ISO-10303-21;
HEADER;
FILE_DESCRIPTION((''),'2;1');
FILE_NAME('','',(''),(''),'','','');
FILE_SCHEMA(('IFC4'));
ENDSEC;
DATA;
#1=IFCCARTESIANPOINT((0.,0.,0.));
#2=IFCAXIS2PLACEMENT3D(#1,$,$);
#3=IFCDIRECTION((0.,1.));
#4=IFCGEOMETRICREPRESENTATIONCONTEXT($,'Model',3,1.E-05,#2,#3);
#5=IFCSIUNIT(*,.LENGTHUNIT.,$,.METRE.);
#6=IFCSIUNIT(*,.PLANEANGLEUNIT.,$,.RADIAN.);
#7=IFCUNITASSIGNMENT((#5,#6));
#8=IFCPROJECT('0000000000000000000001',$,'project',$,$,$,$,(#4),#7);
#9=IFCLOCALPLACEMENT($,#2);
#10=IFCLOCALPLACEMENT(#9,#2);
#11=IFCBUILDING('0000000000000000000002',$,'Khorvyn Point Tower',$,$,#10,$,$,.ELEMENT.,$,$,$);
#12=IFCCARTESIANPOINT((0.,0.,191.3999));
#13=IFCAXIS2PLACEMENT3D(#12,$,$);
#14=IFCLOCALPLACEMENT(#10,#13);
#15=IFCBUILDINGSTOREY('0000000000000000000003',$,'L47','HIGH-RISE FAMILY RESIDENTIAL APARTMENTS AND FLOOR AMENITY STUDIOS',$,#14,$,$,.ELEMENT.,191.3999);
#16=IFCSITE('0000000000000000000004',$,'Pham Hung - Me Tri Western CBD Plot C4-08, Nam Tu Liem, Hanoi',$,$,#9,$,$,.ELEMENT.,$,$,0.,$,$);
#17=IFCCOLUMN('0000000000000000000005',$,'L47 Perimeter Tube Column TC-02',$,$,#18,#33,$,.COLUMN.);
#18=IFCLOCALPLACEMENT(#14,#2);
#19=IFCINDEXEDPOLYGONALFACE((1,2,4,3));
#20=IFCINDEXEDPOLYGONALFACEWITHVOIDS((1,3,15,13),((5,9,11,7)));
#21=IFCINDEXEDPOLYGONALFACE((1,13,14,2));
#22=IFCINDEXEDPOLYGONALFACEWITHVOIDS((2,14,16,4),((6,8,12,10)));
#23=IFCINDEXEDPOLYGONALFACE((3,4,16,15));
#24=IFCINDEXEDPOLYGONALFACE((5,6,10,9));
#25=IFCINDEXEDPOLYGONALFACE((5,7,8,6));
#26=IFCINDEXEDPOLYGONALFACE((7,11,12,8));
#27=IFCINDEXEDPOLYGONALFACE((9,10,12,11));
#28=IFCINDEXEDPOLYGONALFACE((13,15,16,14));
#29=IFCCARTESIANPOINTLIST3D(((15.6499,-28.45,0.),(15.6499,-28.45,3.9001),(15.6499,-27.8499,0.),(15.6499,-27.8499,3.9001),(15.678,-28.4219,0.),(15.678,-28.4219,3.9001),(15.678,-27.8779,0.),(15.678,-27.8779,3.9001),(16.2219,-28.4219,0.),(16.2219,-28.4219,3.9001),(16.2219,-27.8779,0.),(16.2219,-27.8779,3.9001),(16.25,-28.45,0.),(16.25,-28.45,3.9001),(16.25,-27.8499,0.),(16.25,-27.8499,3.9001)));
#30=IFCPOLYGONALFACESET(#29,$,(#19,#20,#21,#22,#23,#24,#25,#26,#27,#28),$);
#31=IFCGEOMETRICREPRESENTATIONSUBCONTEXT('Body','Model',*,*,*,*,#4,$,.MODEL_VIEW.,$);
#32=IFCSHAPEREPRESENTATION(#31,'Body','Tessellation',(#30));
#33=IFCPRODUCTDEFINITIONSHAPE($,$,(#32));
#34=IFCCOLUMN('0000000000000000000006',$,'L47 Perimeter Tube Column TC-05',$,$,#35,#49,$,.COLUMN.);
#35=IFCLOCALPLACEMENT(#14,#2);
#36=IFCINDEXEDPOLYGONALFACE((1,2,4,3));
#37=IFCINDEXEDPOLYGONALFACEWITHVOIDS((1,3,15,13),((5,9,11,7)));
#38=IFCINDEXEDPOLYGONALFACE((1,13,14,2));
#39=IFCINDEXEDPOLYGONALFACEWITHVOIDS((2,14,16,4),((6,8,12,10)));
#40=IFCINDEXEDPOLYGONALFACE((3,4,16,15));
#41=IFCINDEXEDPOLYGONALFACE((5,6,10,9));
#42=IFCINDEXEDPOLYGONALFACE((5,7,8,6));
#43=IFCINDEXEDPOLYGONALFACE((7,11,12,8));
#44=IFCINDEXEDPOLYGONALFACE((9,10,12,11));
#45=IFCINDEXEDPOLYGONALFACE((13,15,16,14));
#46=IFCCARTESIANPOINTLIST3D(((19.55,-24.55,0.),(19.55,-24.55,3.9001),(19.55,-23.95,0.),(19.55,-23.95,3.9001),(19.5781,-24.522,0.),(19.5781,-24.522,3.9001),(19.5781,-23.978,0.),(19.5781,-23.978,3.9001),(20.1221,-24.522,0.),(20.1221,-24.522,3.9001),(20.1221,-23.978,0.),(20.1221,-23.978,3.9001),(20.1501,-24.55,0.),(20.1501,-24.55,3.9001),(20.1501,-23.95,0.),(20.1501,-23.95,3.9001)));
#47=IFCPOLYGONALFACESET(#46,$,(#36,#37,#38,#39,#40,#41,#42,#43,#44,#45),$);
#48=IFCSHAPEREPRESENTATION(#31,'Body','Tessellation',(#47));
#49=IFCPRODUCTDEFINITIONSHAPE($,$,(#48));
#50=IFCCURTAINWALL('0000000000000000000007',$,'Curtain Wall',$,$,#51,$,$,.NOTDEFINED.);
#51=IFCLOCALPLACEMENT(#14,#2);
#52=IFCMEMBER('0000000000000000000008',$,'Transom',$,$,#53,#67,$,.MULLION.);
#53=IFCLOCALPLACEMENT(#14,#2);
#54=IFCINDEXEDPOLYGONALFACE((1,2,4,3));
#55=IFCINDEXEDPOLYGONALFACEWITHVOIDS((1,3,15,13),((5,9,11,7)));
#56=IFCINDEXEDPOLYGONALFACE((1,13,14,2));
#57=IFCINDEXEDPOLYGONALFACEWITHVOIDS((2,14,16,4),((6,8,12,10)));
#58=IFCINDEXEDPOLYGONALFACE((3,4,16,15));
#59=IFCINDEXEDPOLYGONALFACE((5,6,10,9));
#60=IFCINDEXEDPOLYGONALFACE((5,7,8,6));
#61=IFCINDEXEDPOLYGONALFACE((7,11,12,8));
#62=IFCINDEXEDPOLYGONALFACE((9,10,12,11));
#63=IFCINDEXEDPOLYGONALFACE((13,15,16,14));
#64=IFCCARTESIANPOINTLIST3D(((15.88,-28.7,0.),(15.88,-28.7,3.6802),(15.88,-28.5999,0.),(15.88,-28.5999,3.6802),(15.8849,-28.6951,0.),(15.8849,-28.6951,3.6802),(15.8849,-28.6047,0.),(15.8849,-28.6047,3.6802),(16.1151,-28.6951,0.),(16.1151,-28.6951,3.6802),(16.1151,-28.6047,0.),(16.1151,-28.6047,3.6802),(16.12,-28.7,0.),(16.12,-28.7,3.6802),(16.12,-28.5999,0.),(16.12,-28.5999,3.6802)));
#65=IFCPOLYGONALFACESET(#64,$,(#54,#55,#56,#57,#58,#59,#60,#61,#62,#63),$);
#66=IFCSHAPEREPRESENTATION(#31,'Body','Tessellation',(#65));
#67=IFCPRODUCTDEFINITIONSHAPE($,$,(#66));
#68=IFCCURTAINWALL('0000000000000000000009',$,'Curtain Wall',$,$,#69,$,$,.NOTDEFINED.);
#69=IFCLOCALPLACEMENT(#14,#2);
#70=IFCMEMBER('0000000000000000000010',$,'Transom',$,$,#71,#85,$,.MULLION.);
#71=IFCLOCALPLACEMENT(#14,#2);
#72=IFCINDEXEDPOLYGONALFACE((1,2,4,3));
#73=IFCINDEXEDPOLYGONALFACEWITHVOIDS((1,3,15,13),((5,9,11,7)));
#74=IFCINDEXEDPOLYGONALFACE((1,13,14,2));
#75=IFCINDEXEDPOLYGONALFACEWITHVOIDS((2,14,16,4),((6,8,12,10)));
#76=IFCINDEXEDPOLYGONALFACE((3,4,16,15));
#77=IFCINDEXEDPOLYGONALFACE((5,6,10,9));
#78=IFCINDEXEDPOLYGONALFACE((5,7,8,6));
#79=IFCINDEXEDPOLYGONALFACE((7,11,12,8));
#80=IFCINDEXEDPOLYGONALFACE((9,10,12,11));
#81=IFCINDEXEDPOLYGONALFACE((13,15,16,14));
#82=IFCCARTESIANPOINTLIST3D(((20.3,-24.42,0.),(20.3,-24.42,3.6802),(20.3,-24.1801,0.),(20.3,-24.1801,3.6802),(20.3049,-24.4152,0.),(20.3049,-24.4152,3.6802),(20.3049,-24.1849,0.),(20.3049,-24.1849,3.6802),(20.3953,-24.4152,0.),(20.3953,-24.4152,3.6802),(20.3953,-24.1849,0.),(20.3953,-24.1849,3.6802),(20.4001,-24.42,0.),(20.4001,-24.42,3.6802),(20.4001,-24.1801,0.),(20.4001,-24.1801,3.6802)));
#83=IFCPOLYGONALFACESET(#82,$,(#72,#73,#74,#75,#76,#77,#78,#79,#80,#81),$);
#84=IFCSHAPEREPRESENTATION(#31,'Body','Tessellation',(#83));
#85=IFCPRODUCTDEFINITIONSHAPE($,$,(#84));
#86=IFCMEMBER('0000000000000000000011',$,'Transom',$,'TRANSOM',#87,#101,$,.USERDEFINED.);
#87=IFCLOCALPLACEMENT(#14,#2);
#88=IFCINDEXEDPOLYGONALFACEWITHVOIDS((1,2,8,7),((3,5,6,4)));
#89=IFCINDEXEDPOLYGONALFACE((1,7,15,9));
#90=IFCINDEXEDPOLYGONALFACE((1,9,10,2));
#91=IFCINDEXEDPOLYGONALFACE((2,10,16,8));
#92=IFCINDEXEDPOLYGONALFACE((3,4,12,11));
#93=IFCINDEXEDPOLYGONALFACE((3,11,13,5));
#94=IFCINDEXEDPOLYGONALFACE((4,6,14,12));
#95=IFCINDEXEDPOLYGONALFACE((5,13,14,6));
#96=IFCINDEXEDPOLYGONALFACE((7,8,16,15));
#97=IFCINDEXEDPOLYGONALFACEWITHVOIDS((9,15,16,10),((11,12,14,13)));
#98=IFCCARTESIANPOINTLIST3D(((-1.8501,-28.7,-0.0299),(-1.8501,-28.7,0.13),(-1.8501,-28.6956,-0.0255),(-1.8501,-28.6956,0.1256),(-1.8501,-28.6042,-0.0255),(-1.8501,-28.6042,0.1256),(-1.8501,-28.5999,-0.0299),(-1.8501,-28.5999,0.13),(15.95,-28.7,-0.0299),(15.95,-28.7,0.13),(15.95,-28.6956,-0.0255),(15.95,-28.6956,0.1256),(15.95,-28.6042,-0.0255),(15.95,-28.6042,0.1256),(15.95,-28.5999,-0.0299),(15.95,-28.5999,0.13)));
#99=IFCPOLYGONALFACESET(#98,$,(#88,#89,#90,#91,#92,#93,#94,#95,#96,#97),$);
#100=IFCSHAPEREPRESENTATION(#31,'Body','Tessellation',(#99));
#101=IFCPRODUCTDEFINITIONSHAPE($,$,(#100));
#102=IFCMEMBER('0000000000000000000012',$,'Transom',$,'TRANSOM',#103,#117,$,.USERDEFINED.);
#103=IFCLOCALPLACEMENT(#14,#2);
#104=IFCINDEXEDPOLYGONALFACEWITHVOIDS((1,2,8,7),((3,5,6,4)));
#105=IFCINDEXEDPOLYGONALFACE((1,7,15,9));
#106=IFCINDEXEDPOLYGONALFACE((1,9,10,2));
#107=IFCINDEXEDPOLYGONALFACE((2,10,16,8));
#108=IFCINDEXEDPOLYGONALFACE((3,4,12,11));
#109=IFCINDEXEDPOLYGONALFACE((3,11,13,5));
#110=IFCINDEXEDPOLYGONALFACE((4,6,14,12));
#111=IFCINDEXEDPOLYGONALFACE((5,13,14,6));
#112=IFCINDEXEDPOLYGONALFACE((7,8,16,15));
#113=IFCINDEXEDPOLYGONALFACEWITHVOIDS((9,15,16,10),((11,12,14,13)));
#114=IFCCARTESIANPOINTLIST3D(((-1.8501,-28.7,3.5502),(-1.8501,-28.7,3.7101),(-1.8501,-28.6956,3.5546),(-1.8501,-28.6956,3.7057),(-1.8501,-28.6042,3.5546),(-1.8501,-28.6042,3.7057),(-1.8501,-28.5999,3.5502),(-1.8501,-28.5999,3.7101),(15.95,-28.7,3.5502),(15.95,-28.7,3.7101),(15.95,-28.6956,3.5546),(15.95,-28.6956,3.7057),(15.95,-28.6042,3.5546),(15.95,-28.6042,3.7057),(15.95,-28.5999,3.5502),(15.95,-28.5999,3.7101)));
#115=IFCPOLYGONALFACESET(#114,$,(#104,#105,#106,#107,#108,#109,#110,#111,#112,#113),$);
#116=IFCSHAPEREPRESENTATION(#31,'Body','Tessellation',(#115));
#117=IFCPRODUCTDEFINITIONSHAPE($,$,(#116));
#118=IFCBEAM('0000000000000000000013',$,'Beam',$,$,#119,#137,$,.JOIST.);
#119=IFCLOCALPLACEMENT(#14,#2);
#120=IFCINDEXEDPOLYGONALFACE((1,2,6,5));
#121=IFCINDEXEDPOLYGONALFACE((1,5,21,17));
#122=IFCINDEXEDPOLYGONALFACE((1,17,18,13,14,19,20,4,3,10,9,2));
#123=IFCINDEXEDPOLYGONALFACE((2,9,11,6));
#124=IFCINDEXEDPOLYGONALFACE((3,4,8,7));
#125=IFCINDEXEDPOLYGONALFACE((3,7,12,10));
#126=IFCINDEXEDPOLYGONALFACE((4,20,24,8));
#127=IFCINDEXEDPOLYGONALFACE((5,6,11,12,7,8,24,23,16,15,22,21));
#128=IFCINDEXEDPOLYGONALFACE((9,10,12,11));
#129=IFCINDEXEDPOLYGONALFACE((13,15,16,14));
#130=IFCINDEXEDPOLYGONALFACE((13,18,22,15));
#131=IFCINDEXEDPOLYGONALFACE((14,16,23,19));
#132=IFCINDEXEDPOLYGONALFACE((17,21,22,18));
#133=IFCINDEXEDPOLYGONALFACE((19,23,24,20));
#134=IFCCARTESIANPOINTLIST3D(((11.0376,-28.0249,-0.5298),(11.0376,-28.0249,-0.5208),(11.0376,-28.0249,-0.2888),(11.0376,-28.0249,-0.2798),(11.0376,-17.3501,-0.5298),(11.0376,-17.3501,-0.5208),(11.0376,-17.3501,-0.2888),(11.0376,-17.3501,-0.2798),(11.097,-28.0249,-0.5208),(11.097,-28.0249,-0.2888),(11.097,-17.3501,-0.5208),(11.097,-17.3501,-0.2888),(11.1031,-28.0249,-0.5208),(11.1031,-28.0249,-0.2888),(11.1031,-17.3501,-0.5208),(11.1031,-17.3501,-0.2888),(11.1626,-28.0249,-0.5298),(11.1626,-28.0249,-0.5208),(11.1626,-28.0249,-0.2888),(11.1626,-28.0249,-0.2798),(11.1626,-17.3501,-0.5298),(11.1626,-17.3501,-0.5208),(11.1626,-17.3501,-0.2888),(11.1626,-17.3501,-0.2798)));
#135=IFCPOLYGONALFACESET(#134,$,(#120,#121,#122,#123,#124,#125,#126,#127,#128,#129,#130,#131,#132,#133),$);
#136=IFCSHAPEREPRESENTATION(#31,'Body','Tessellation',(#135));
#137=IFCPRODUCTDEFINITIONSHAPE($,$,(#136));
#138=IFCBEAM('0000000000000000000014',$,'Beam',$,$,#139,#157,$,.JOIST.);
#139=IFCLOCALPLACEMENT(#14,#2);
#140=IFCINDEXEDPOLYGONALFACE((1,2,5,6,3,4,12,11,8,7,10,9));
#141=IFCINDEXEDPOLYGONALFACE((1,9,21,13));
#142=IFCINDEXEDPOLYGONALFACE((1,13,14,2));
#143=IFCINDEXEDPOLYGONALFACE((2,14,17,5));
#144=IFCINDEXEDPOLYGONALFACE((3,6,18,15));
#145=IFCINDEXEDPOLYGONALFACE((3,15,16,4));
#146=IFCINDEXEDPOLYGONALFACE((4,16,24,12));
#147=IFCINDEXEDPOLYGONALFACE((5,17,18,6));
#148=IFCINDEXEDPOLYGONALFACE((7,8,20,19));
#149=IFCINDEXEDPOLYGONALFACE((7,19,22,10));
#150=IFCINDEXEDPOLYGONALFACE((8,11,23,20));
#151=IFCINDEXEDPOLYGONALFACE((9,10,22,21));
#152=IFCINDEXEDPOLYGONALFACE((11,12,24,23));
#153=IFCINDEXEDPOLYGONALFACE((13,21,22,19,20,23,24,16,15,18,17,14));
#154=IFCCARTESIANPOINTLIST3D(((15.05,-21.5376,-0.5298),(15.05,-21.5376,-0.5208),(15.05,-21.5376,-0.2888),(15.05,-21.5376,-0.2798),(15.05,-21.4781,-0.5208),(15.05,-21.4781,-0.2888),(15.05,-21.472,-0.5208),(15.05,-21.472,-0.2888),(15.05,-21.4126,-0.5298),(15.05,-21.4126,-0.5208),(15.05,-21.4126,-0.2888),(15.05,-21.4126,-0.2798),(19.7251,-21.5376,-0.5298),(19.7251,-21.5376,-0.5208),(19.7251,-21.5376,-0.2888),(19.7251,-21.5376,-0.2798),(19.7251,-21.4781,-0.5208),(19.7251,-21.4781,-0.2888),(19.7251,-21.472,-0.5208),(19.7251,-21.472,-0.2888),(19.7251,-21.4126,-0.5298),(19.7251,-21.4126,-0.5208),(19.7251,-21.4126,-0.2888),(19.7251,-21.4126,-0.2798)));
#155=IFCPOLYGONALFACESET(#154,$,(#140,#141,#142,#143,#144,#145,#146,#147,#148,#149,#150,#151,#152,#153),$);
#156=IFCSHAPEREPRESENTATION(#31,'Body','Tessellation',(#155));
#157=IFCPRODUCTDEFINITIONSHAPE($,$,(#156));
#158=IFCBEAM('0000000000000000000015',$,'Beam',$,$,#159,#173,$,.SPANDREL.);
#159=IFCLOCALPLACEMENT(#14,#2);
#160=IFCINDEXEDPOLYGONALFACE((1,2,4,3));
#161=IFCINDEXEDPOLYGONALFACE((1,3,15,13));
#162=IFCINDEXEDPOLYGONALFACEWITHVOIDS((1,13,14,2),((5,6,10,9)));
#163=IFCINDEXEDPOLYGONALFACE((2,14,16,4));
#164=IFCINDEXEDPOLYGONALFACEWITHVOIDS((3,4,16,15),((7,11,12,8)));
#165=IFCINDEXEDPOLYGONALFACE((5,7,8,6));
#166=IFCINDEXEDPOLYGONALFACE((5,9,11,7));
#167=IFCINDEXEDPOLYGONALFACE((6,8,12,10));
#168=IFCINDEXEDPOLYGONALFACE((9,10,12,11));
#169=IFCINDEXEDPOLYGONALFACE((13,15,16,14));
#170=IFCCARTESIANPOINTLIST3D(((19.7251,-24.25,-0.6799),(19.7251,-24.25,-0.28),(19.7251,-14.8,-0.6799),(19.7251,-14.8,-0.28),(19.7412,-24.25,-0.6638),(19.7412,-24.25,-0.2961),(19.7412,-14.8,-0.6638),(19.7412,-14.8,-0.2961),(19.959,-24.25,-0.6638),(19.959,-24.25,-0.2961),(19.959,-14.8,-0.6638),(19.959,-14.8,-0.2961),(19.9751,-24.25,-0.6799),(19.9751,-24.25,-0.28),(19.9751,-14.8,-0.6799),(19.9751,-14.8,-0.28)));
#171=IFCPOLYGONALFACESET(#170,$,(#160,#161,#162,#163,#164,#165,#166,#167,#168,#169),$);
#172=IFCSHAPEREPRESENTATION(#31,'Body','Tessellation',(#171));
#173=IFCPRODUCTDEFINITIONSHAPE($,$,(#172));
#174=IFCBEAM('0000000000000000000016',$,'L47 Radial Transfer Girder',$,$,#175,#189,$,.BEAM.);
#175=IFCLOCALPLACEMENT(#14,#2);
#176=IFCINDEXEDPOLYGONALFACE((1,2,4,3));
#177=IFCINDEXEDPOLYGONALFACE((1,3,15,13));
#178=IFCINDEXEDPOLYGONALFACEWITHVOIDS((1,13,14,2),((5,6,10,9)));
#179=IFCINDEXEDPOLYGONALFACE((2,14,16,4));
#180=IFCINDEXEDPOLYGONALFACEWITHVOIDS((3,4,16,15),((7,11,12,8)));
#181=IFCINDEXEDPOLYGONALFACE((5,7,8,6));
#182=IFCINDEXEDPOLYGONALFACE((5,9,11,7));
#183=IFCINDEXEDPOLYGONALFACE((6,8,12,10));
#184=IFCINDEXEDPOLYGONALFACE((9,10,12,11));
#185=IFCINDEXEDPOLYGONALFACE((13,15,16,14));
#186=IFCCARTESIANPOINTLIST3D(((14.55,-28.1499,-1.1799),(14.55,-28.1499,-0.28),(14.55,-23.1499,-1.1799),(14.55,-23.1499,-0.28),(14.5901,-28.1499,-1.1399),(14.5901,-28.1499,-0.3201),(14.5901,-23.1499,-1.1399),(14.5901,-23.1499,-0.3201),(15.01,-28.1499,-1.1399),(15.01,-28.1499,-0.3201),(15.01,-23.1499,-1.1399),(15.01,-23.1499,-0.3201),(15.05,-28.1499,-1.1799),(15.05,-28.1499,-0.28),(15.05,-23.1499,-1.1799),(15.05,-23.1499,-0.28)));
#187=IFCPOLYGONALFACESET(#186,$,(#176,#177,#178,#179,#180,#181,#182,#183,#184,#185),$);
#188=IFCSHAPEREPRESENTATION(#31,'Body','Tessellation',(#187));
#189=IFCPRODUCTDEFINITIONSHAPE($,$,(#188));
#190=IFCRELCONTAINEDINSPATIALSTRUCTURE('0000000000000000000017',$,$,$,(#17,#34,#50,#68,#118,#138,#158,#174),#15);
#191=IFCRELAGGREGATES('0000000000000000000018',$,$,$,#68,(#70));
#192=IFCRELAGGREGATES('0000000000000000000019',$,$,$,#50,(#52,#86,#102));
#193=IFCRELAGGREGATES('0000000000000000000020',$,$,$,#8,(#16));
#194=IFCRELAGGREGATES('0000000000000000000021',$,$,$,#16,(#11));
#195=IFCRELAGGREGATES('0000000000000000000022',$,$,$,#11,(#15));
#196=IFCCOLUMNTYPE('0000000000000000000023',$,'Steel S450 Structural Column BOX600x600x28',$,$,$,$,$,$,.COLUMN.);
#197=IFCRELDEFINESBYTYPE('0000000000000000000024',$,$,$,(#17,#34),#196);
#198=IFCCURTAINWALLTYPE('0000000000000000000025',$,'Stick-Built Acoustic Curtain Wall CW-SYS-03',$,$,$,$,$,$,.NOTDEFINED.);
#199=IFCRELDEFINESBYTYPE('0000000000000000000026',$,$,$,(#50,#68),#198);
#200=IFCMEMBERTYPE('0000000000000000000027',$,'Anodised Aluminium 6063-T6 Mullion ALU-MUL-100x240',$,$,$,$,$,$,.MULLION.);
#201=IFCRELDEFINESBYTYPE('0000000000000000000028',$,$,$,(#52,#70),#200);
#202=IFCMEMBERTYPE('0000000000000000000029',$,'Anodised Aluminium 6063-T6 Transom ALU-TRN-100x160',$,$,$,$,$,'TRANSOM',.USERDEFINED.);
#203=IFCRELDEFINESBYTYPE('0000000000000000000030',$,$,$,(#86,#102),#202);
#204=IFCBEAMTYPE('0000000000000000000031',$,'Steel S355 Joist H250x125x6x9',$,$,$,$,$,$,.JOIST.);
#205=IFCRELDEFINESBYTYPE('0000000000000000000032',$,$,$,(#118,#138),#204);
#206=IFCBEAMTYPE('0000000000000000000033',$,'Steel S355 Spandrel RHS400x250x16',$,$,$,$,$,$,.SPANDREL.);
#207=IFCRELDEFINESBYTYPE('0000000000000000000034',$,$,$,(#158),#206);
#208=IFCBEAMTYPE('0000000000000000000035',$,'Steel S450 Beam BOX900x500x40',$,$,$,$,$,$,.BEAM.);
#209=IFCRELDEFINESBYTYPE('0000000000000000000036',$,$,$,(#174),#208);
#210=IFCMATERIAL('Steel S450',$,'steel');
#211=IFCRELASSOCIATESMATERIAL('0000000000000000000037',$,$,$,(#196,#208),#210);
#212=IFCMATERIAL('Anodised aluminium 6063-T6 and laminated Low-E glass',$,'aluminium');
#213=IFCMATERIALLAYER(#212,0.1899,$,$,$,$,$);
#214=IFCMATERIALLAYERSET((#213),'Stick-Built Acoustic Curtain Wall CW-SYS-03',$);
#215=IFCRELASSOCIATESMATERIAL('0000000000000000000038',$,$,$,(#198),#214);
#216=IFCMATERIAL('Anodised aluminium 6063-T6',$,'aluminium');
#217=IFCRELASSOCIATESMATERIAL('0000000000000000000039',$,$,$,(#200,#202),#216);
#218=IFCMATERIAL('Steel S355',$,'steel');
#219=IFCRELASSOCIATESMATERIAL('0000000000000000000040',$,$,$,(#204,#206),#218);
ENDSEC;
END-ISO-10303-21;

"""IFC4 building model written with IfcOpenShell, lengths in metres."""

from ifc_helpers import new_model, si_unit, direction, frame, origin, origin_2d, place, context, subcontext, project, spatial, hollow_rectangle, i_section, extrude, material, layer, layer_set, material_profile, profile_set, type_object, element, aggregate, save


model = new_model("IFC4")

# Units and contexts
model_context = context("Model", 3, precision=1e-05, world=origin(), true_north=direction((0.0, 1.0)))
body_context = subcontext(model_context, "Body", "Model", "MODEL_VIEW")
ifc_project = project(units=[si_unit("LENGTHUNIT", "METRE"), si_unit("PLANEANGLEUNIT", "RADIAN")], contexts=[model_context])

# Site, building, storey
site_placement = place(None, origin())
site = spatial("IfcSite", under=ifc_project, at=site_placement, Name="Pham Hung - Me Tri Western CBD Plot C4-08, Nam Tu Liem, Hanoi", CompositionType="ELEMENT", RefElevation=0.0)
building_placement = place(site_placement, origin())
building = spatial("IfcBuilding", under=site, at=building_placement, Name="Khorvyn Point Tower", CompositionType="ELEMENT")
storey_placement = place(building_placement, frame((0.0, 0.0, 191.3999)))
storey = spatial("IfcBuildingStorey", under=building, at=storey_placement, Name="L47", Description="HIGH-RISE FAMILY RESIDENTIAL APARTMENTS AND FLOOR AMENITY STUDIOS", CompositionType="ELEMENT", Elevation=191.3999)

# Columns
ifc_material_1 = material(Name="Steel S450", Category="steel")
ifc_material_profile_1 = material_profile(ifc_material_1, hollow_rectangle(XDim=0.6001, YDim=0.6001, WallThickness=0.0281, at=origin_2d()))
ifc_profile_set_1 = profile_set([ifc_material_profile_1], Name="Steel S450 BOX600x600x28")
column_type = type_object("IfcColumnType", Name="Steel S450 Structural Column BOX600x600x28", PredefinedType="COLUMN", material=ifc_profile_set_1)
for number, where, z_axis, x_axis, name in (
    (1, (15.95, -28.1499, 0.0), (0.0, 0.0, 1.0), (1.0, 0.0, 0.0), "L47 Perimeter Tube Column TC-02"),
    (2, (19.8501, -24.25, 0.0), (0.0, 0.0, 1.0), (1.0, 0.0, 0.0), "L47 Perimeter Tube Column TC-05"),
):
    element("IfcColumn", number, at=place(storey_placement, frame(where, z_axis=z_axis, x_axis=x_axis)), inside=storey, type_object=column_type, Name=name, PredefinedType="COLUMN", context=body_context, shape_type="SweptSolid", body=[
        extrude(hollow_rectangle(XDim=0.6001, YDim=0.6001, WallThickness=0.0281, at=origin_2d()), origin(), (0.0, 0.0, 1.0), 3.9001),
    ])

# Curtain walls, members
ifc_material_2 = material(Name="Anodised aluminium 6063-T6 and laminated Low-E glass", Category="aluminium")
ifc_layer_1 = layer(ifc_material_2, 0.1899)
ifc_layer_set_1 = layer_set([ifc_layer_1], Name="Stick-Built Acoustic Curtain Wall CW-SYS-03")
curtain_wall_type = type_object("IfcCurtainWallType", Name="Stick-Built Acoustic Curtain Wall CW-SYS-03", PredefinedType="NOTDEFINED", material=ifc_layer_set_1)
curtain_wall_1_placement = place(storey_placement, origin())
curtain_wall_1 = element("IfcCurtainWall", 3, at=curtain_wall_1_placement, inside=storey, type_object=curtain_wall_type, Name="Curtain Wall", PredefinedType="NOTDEFINED")
ifc_material_3 = material(Name="Anodised aluminium 6063-T6", Category="aluminium")
ifc_material_profile_2 = material_profile(ifc_material_3, hollow_rectangle(XDim=0.1001, YDim=0.24, WallThickness=0.0049, at=origin_2d()))
ifc_profile_set_2 = profile_set([ifc_material_profile_2], Name="Anodised aluminium 6063-T6 ALU-MUL-100x240")
member_type_1 = type_object("IfcMemberType", Name="Anodised Aluminium 6063-T6 Mullion ALU-MUL-100x240", PredefinedType="MULLION", material=ifc_profile_set_2)
member_1_placement = place(storey_placement, frame((16.0, -28.6499, 0.0), z_axis=(0.0, 0.0, 1.0), x_axis=(0.0, -1.0, 0.0)))
member_1 = element("IfcMember", 4, at=member_1_placement, type_object=member_type_1, Name="Transom", PredefinedType="MULLION", context=body_context, shape_type="SweptSolid", body=[
    extrude(hollow_rectangle(XDim=0.1001, YDim=0.24, WallThickness=0.0049, at=origin_2d()), origin(), (0.0, 0.0, 1.0), 3.6802),
])
curtain_wall_2_placement = place(storey_placement, origin())
curtain_wall_2 = element("IfcCurtainWall", 5, at=curtain_wall_2_placement, inside=storey, type_object=curtain_wall_type, Name="Curtain Wall", PredefinedType="NOTDEFINED")
member_2_placement = place(storey_placement, frame((20.3501, -24.3, 0.0), z_axis=(0.0, 0.0, 1.0), x_axis=(1.0, 0.0, 0.0)))
member_2 = element("IfcMember", 6, at=member_2_placement, type_object=member_type_1, Name="Transom", PredefinedType="MULLION", context=body_context, shape_type="SweptSolid", body=[
    extrude(hollow_rectangle(XDim=0.1001, YDim=0.24, WallThickness=0.0049, at=origin_2d()), origin(), (0.0, 0.0, 1.0), 3.6802),
])
aggregate(curtain_wall_2, [member_2])

# Members
ifc_material_profile_3 = material_profile(ifc_material_3, hollow_rectangle(XDim=0.1001, YDim=0.1599, WallThickness=0.0044, at=origin_2d()))
ifc_profile_set_3 = profile_set([ifc_material_profile_3], Name="Anodised aluminium 6063-T6 ALU-TRN-100x160")
member_type_2 = type_object("IfcMemberType", Name="Anodised Aluminium 6063-T6 Transom ALU-TRN-100x160", ElementType="TRANSOM", PredefinedType="USERDEFINED", material=ifc_profile_set_3)
member_3_placement = place(storey_placement, frame((15.95, -28.6499, 0.05), z_axis=(-1.0, 0.0, 0.0), x_axis=(0.0, -1.0, 0.0)))
member_3 = element("IfcMember", 7, at=member_3_placement, type_object=member_type_2, Name="Transom", ObjectType="TRANSOM", PredefinedType="USERDEFINED", context=body_context, shape_type="SweptSolid", body=[
    extrude(hollow_rectangle(XDim=0.1001, YDim=0.1599, WallThickness=0.0044, at=origin_2d()), origin(), (0.0, 0.0, 1.0), 17.8),
])
member_4_placement = place(storey_placement, frame((15.95, -28.6499, 3.6301), z_axis=(-1.0, 0.0, 0.0), x_axis=(0.0, -1.0, 0.0)))
member_4 = element("IfcMember", 8, at=member_4_placement, type_object=member_type_2, Name="Transom", ObjectType="TRANSOM", PredefinedType="USERDEFINED", context=body_context, shape_type="SweptSolid", body=[
    extrude(hollow_rectangle(XDim=0.1001, YDim=0.1599, WallThickness=0.0044, at=origin_2d()), origin(), (0.0, 0.0, 1.0), 17.8),
])

# Beams
ifc_material_4 = material(Name="Steel S355", Category="steel")
ifc_material_profile_4 = material_profile(ifc_material_4, i_section(OverallWidth=0.125, OverallDepth=0.25, WebThickness=0.0061, FlangeThickness=0.009, at=origin_2d()))
ifc_profile_set_4 = profile_set([ifc_material_profile_4], Name="Steel S355 H250x125x6x9")
beam_type_1 = type_object("IfcBeamType", Name="Steel S355 Joist H250x125x6x9", PredefinedType="JOIST", material=ifc_profile_set_4)
beam_1_placement = place(storey_placement, frame((11.1001, -28.0249, -0.4048), z_axis=(0.0, 1.0, 0.0), x_axis=(-1.0, 0.0, 0.0)))
element("IfcBeam", 9, at=beam_1_placement, inside=storey, type_object=beam_type_1, Name="Beam", PredefinedType="JOIST", context=body_context, shape_type="SweptSolid", body=[
    extrude(i_section(OverallWidth=0.125, OverallDepth=0.25, WebThickness=0.0061, FlangeThickness=0.009, at=origin_2d()), origin(), (0.0, 0.0, 1.0), 10.6748),
])
beam_2_placement = place(storey_placement, frame((15.05, -21.4751, -0.4048), z_axis=(1.0, 0.0, 0.0), x_axis=(0.0, 1.0, 0.0)))
element("IfcBeam", 10, at=beam_2_placement, inside=storey, type_object=beam_type_1, Name="Beam", PredefinedType="JOIST", context=body_context, shape_type="SweptSolid", body=[
    extrude(i_section(OverallWidth=0.125, OverallDepth=0.25, WebThickness=0.0061, FlangeThickness=0.009, at=origin_2d()), origin(), (0.0, 0.0, 1.0), 4.675),
])
ifc_material_profile_5 = material_profile(ifc_material_4, hollow_rectangle(XDim=0.25, YDim=0.3999, WallThickness=0.0161, at=origin_2d()))
ifc_profile_set_5 = profile_set([ifc_material_profile_5], Name="Steel S355 RHS400x250x16")
beam_type_2 = type_object("IfcBeamType", Name="Steel S355 Spandrel RHS400x250x16", PredefinedType="SPANDREL", material=ifc_profile_set_5)
beam_3_placement = place(storey_placement, frame((19.8501, -24.25, -0.48), z_axis=(0.0, 1.0, 0.0), x_axis=(-1.0, 0.0, 0.0)))
element("IfcBeam", 11, at=beam_3_placement, inside=storey, type_object=beam_type_2, Name="Beam", PredefinedType="SPANDREL", context=body_context, shape_type="SweptSolid", body=[
    extrude(hollow_rectangle(XDim=0.25, YDim=0.3999, WallThickness=0.0161, at=origin_2d()), origin(), (0.0, 0.0, 1.0), 9.45),
])
ifc_material_profile_6 = material_profile(ifc_material_1, hollow_rectangle(XDim=0.5, YDim=0.8999, WallThickness=0.04, at=origin_2d()))
ifc_profile_set_6 = profile_set([ifc_material_profile_6], Name="Steel S450 BOX900x500x40")
beam_type_3 = type_object("IfcBeamType", Name="Steel S450 Beam BOX900x500x40", PredefinedType="BEAM", material=ifc_profile_set_6)
beam_4_placement = place(storey_placement, frame((14.8, -28.1499, -0.73), z_axis=(0.0, 1.0, 0.0), x_axis=(-1.0, 0.0, 0.0)))
element("IfcBeam", 12, at=beam_4_placement, inside=storey, type_object=beam_type_3, Name="L47 Radial Transfer Girder", PredefinedType="BEAM", context=body_context, shape_type="SweptSolid", body=[
    extrude(hollow_rectangle(XDim=0.5, YDim=0.8999, WallThickness=0.04, at=origin_2d()), origin(), (0.0, 0.0, 1.0), 5.0),
])

aggregate(curtain_wall_1, [member_1, member_3, member_4])

save(model, "model.ifc")
